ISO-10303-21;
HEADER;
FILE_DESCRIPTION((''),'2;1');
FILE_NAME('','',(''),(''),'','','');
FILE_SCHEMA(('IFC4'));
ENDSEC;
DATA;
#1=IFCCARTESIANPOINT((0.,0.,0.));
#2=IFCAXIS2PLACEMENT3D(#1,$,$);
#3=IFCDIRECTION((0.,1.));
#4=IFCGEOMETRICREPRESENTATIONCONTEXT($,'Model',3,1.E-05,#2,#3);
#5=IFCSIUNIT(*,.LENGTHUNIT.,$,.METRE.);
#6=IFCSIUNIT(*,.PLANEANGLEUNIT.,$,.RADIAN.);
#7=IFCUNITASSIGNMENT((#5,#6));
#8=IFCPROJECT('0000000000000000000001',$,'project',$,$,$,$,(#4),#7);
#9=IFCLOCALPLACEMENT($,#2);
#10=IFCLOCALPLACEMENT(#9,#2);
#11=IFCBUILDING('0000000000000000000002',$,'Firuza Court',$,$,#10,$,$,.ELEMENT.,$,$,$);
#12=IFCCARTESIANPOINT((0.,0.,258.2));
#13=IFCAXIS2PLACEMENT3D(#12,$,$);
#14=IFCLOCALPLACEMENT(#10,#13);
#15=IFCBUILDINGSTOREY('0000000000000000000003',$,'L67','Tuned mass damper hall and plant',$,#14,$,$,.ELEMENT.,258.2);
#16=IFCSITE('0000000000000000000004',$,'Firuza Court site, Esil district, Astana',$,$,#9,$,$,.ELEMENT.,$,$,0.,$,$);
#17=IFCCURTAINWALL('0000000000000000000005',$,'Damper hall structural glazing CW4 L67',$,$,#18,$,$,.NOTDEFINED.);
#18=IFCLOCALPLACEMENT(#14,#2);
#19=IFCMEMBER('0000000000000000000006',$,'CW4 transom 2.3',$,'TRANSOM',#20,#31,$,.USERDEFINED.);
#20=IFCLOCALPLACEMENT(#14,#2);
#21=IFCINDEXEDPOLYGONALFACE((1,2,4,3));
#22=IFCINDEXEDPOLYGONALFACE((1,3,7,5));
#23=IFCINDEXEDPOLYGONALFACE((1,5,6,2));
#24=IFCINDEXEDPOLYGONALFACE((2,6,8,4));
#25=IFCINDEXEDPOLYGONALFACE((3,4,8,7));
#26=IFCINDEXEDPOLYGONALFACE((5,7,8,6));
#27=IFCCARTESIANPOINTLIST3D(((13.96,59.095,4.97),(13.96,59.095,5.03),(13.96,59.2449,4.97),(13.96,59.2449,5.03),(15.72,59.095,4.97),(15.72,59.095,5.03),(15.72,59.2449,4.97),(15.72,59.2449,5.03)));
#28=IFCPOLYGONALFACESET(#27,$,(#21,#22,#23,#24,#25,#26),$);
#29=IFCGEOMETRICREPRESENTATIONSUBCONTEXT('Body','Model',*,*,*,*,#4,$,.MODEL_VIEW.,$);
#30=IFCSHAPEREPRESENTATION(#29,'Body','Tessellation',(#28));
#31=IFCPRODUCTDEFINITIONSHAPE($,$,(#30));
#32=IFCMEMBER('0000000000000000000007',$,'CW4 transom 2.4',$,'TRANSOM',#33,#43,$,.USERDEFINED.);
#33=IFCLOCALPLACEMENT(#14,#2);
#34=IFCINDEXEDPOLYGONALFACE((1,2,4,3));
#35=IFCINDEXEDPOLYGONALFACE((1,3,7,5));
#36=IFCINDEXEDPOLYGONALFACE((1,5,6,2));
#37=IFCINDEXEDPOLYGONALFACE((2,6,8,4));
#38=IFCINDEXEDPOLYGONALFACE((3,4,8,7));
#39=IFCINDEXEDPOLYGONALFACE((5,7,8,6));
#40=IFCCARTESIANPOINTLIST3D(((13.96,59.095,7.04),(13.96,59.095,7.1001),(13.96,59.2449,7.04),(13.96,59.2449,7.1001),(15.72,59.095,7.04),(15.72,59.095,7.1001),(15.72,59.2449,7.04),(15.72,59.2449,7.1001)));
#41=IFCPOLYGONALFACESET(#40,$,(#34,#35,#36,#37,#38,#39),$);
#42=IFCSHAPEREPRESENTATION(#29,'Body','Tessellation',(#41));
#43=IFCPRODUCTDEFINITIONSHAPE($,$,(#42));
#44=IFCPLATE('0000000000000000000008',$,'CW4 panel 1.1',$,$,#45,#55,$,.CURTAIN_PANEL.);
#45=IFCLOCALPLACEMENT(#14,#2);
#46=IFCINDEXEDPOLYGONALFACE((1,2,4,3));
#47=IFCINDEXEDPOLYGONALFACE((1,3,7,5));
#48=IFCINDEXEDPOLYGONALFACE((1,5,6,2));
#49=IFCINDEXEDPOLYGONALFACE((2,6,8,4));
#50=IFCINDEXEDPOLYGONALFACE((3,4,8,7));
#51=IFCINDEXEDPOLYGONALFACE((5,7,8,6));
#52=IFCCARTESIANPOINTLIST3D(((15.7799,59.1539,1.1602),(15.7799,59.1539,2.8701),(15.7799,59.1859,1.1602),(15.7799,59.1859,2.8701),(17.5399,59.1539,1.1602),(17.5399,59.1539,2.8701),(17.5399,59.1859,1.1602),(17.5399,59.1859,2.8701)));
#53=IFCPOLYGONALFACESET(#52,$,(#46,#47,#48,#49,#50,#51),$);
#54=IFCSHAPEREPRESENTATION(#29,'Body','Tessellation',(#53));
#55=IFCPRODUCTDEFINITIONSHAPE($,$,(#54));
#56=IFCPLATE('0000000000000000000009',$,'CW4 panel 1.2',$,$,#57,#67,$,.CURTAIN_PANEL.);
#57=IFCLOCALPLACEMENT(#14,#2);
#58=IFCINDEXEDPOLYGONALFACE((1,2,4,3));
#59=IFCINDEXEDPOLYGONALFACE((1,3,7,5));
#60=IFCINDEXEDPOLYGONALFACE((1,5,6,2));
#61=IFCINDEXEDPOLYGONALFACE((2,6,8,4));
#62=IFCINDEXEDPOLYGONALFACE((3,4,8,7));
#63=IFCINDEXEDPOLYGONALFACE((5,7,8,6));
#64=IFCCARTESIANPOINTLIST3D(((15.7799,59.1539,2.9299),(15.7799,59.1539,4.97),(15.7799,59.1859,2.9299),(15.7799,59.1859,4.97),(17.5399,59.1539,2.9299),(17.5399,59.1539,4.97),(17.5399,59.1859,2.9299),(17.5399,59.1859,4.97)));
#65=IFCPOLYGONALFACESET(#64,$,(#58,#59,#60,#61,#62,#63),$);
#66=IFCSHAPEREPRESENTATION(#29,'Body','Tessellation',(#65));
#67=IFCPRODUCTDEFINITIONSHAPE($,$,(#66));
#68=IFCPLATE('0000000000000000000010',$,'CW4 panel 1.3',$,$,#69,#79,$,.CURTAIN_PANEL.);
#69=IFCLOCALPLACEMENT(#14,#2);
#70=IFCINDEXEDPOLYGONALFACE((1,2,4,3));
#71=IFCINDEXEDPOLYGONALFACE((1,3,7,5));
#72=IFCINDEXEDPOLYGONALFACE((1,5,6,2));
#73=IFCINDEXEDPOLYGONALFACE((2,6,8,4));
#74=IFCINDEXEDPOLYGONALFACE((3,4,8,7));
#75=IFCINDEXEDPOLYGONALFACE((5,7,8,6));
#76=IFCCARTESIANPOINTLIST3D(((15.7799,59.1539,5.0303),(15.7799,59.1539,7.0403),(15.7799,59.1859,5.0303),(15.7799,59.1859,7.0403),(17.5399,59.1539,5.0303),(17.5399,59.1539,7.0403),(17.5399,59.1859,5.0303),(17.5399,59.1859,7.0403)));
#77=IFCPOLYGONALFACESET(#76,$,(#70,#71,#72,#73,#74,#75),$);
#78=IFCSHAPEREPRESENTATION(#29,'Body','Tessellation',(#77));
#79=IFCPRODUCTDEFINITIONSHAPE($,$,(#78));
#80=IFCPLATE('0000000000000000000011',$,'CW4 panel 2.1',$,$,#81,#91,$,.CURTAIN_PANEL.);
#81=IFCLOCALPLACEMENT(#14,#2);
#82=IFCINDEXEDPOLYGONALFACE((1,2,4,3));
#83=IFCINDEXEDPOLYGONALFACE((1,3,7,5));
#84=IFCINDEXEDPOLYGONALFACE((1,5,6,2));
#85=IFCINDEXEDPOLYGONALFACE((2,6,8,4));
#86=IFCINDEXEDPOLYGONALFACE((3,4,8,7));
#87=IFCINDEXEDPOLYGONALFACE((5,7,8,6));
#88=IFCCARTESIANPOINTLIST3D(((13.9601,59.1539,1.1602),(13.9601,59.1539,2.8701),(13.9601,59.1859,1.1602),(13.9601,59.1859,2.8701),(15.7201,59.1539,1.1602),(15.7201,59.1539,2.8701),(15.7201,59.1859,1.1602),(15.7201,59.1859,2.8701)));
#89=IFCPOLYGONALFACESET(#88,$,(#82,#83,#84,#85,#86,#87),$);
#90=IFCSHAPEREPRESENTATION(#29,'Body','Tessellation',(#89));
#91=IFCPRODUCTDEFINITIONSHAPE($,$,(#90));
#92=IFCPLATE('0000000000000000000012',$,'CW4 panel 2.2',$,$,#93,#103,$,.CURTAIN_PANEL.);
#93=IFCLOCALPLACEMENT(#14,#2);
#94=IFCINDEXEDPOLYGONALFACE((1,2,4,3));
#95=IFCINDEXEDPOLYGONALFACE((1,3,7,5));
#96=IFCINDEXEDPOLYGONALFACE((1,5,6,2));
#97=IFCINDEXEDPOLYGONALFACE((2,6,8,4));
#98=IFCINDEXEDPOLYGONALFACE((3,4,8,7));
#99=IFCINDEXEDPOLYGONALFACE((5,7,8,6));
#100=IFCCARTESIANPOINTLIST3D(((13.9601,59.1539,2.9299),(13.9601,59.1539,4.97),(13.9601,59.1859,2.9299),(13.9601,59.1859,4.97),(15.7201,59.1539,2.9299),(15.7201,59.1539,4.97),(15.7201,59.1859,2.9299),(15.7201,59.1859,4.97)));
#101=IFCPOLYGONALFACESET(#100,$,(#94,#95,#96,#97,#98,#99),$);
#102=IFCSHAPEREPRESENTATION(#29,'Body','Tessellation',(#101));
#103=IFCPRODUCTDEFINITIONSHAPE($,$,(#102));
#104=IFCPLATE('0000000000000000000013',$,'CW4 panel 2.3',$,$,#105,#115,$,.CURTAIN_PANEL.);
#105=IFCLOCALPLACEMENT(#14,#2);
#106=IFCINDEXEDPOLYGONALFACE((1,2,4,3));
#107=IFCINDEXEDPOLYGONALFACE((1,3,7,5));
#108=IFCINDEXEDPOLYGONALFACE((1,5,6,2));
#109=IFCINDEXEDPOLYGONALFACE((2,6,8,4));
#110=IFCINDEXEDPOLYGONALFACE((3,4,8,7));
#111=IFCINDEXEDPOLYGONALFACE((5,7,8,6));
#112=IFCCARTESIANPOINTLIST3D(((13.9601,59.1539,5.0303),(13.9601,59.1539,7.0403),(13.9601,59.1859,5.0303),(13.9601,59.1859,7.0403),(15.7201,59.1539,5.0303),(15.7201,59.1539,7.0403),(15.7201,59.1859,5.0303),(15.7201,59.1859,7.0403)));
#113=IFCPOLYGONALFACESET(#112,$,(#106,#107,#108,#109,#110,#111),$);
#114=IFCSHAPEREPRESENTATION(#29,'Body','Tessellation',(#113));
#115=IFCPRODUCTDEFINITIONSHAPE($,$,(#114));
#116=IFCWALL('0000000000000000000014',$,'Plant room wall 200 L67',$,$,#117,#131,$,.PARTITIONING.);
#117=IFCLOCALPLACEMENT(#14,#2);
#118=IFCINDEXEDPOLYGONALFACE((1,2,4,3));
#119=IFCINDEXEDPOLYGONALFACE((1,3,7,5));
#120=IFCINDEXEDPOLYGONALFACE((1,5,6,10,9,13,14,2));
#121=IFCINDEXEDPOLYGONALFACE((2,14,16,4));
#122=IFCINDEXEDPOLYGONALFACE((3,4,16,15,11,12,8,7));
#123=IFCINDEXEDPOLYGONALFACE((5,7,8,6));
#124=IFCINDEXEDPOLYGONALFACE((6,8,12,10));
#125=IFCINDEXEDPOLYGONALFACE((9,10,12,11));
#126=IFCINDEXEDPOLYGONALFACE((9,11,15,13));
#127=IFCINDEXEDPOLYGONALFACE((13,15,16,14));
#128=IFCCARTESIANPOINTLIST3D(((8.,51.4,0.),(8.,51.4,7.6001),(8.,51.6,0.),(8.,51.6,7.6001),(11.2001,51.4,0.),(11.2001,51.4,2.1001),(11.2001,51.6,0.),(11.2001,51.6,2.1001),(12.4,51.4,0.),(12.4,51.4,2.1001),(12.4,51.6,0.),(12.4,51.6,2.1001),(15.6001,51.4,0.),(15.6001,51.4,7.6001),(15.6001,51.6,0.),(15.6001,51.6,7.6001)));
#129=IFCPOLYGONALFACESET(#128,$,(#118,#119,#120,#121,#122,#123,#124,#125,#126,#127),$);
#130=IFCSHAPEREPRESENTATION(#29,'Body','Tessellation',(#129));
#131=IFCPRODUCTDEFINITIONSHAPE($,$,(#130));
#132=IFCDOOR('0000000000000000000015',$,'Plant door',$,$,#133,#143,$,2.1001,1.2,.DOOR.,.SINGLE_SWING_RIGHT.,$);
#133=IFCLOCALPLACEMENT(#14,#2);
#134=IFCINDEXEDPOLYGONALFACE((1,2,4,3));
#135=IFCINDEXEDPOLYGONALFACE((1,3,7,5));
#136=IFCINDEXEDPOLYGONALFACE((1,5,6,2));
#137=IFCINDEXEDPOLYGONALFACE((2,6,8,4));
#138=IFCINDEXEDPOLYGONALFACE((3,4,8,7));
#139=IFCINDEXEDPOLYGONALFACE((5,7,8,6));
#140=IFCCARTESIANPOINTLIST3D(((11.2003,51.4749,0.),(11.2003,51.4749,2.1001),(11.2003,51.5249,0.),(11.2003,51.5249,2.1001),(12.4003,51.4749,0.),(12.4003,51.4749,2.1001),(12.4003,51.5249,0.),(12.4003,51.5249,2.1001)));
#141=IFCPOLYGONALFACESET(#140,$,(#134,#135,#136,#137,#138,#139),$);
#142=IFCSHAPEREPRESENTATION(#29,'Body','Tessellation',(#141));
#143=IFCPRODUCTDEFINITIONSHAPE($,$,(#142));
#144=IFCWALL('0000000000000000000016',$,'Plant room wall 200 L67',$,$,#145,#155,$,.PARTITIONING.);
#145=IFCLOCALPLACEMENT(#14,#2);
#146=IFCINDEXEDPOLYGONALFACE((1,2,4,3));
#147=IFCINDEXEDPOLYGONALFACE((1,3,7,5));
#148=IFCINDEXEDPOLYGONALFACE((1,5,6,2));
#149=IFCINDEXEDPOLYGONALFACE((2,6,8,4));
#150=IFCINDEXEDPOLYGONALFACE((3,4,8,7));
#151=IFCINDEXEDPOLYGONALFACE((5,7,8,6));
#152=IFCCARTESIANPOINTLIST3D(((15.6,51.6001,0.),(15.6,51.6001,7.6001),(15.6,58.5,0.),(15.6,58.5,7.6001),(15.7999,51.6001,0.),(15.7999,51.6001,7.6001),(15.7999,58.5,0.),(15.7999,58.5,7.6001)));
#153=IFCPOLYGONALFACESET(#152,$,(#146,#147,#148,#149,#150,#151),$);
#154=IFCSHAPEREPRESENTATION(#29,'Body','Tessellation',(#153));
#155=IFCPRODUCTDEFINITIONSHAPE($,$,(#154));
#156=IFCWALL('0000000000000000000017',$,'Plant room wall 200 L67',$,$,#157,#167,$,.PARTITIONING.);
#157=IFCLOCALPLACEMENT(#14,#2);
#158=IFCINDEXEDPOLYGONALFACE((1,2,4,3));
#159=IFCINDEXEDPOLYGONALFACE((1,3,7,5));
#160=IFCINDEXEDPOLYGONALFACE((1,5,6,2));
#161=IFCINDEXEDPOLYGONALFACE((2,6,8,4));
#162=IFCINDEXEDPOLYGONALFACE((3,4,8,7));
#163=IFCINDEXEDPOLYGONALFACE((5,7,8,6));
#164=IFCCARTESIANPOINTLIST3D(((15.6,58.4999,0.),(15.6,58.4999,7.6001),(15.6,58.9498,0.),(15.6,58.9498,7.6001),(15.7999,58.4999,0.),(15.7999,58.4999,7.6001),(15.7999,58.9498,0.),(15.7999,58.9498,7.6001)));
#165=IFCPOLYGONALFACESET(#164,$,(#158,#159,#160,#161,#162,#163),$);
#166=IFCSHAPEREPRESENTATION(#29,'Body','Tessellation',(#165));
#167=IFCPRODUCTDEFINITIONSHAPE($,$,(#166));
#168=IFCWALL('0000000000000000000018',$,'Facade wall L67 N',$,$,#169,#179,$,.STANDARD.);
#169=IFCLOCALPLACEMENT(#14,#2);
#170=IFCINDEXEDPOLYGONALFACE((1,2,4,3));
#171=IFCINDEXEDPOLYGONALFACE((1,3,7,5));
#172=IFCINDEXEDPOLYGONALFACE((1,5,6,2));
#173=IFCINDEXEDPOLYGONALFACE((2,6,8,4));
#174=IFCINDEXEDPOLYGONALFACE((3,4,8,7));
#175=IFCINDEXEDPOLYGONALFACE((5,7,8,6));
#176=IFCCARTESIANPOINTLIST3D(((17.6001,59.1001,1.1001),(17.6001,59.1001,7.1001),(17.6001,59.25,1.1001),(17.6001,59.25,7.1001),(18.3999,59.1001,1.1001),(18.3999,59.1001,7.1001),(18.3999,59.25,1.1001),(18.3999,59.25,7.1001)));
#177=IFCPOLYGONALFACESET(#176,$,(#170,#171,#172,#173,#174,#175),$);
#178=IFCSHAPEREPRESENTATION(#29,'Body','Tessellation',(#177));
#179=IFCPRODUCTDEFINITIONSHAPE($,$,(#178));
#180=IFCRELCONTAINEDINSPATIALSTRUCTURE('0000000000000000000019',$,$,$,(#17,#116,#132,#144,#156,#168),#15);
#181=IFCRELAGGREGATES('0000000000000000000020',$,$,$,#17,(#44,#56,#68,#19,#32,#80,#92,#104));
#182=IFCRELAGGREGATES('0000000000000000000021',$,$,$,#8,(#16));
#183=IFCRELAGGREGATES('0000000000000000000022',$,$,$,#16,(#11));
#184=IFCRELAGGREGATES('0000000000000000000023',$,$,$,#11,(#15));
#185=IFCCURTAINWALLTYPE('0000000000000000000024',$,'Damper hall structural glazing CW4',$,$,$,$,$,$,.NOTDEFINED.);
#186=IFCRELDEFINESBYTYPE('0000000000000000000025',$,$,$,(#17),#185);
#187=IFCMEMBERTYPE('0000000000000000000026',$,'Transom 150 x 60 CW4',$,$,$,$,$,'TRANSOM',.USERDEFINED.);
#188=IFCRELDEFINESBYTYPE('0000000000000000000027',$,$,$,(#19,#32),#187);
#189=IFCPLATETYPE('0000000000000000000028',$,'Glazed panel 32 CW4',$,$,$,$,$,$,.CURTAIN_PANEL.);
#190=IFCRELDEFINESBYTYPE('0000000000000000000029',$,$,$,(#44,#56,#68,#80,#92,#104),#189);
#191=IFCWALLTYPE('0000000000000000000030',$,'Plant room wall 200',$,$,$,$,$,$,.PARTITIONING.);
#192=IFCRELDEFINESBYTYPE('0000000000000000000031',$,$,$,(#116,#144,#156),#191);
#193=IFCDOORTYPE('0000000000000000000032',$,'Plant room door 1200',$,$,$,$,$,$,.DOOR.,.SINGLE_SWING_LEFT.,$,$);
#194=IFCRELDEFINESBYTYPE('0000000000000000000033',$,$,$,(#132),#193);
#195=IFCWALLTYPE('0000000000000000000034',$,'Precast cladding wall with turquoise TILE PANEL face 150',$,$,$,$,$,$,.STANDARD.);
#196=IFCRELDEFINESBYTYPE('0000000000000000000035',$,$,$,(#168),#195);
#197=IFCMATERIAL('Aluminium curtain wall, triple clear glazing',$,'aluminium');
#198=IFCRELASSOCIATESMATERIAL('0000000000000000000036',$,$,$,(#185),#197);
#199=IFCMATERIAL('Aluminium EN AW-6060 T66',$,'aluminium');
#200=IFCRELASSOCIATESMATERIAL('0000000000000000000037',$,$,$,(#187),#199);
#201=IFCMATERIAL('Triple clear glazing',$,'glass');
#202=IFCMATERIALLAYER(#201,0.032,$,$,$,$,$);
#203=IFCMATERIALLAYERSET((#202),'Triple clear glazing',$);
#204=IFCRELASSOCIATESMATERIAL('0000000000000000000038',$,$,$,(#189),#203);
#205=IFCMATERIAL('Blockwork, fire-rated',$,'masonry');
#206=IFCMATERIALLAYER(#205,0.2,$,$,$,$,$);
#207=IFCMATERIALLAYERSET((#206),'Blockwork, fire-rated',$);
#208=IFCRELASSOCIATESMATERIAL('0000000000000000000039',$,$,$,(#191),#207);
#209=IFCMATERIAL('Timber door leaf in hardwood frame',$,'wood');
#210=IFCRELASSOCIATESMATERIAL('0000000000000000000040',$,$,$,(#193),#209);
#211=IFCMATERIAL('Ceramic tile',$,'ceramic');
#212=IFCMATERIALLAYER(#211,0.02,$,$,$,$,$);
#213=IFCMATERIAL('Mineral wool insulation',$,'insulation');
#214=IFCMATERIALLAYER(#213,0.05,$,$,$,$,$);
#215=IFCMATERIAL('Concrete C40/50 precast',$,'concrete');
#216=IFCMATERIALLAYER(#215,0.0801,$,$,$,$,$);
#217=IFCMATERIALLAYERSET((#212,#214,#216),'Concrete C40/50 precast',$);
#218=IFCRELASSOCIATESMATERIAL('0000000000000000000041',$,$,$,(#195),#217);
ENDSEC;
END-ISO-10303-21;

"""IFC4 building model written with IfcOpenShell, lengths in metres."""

from ifc_helpers import new_model, si_unit, direction, frame, frame_2d, origin, origin_2d, place, context, subcontext, project, spatial, rectangle, extrude, material, layer, layer_set, material_profile, profile_set, type_object, element, fill, aggregate, save


model = new_model("IFC4")

# Units and contexts
model_context = context("Model", 3, precision=1e-05, world=origin(), true_north=direction((0.0, 1.0)))
body_context = subcontext(model_context, "Body", "Model", "MODEL_VIEW")
ifc_project = project(units=[si_unit("LENGTHUNIT", "METRE"), si_unit("PLANEANGLEUNIT", "RADIAN")], contexts=[model_context])

# Site, building, storey
site_placement = place(None, origin())
site = spatial("IfcSite", under=ifc_project, at=site_placement, Name="Firuza Court site, Esil district, Astana", CompositionType="ELEMENT", RefElevation=0.0)
building_placement = place(site_placement, origin())
building = spatial("IfcBuilding", under=site, at=building_placement, Name="Firuza Court", CompositionType="ELEMENT")
storey_placement = place(building_placement, frame((0.0, 0.0, 258.2)))
storey = spatial("IfcBuildingStorey", under=building, at=storey_placement, Name="L67", Description="Tuned mass damper hall and plant", CompositionType="ELEMENT", Elevation=258.2)

# Curtain wall
ifc_material_1 = material(Name="Aluminium curtain wall, triple clear glazing", Category="aluminium")
curtain_wall_type = type_object("IfcCurtainWallType", Name="Damper hall structural glazing CW4", PredefinedType="NOTDEFINED", material=ifc_material_1)
curtain_wall_1_placement = place(storey_placement, origin())
curtain_wall_1 = element("IfcCurtainWall", 1, at=curtain_wall_1_placement, inside=storey, type_object=curtain_wall_type, Name="Damper hall structural glazing CW4 L67", PredefinedType="NOTDEFINED")

# Members
ifc_material_2 = material(Name="Aluminium EN AW-6060 T66", Category="aluminium")
ifc_material_profile_1 = material_profile(ifc_material_2, rectangle(XDim=0.1499, YDim=0.0601, at=origin_2d()), Name="Transom 150 x 60 CW4")
ifc_profile_set_1 = profile_set([ifc_material_profile_1], Name="Aluminium EN AW-6060 T66")
member_type_1 = type_object("IfcMemberType", Name="Transom 150 x 60 CW4", ElementType="TRANSOM", PredefinedType="USERDEFINED", material=ifc_profile_set_1)
member_1_placement = place(storey_placement, frame((15.72, 59.1699, 5.0), z_axis=(-1.0, 0.0, 0.0), x_axis=(0.0, -1.0, 0.0)))
member_1 = element("IfcMember", 2, at=member_1_placement, type_object=member_type_1, Name="CW4 transom 2.3", ObjectType="TRANSOM", PredefinedType="USERDEFINED", context=body_context, shape_type="SweptSolid", body=[
    extrude(rectangle(XDim=0.1499, YDim=0.0601, at=origin_2d()), origin(), (0.0, 0.0, 1.0), 1.76),
])
member_2_placement = place(storey_placement, frame((15.72, 59.1699, 7.0701), z_axis=(-1.0, 0.0, 0.0), x_axis=(0.0, -1.0, 0.0)))
member_2 = element("IfcMember", 3, at=member_2_placement, type_object=member_type_1, Name="CW4 transom 2.4", ObjectType="TRANSOM", PredefinedType="USERDEFINED", context=body_context, shape_type="SweptSolid", body=[
    extrude(rectangle(XDim=0.1499, YDim=0.0601, at=origin_2d()), origin(), (0.0, 0.0, 1.0), 1.76),
])

# Plates
ifc_material_3 = material(Name="Triple clear glazing", Category="glass")
ifc_layer_1 = layer(ifc_material_3, 0.032)
ifc_layer_set_1 = layer_set([ifc_layer_1], Name="Triple clear glazing")
plate_type = type_object("IfcPlateType", Name="Glazed panel 32 CW4", PredefinedType="CURTAIN_PANEL", material=ifc_layer_set_1)
plate_1_placement = place(storey_placement, frame((16.6599, 59.1699, 1.1602), z_axis=(0.0, 0.0, 1.0), x_axis=(-1.0, 0.0, 0.0)))
plate_1 = element("IfcPlate", 4, at=plate_1_placement, type_object=plate_type, Name="CW4 panel 1.1", PredefinedType="CURTAIN_PANEL", context=body_context, shape_type="SweptSolid", body=[
    extrude(rectangle(XDim=1.76, YDim=0.032, at=origin_2d()), origin(), (0.0, 0.0, 1.0), 1.71),
])
plate_2_placement = place(storey_placement, frame((16.6599, 59.1699, 2.9299), z_axis=(0.0, 0.0, 1.0), x_axis=(-1.0, 0.0, 0.0)))
plate_2 = element("IfcPlate", 5, at=plate_2_placement, type_object=plate_type, Name="CW4 panel 1.2", PredefinedType="CURTAIN_PANEL", context=body_context, shape_type="SweptSolid", body=[
    extrude(rectangle(XDim=1.76, YDim=0.032, at=origin_2d()), origin(), (0.0, 0.0, 1.0), 2.04),
])
plate_3_placement = place(storey_placement, frame((16.6599, 59.1699, 5.0303), z_axis=(0.0, 0.0, 1.0), x_axis=(-1.0, 0.0, 0.0)))
plate_3 = element("IfcPlate", 6, at=plate_3_placement, type_object=plate_type, Name="CW4 panel 1.3", PredefinedType="CURTAIN_PANEL", context=body_context, shape_type="SweptSolid", body=[
    extrude(rectangle(XDim=1.76, YDim=0.032, at=origin_2d()), origin(), (0.0, 0.0, 1.0), 2.01),
])
plate_4_placement = place(storey_placement, frame((14.8401, 59.1699, 1.1602), z_axis=(0.0, 0.0, 1.0), x_axis=(-1.0, 0.0, 0.0)))
plate_4 = element("IfcPlate", 7, at=plate_4_placement, type_object=plate_type, Name="CW4 panel 2.1", PredefinedType="CURTAIN_PANEL", context=body_context, shape_type="SweptSolid", body=[
    extrude(rectangle(XDim=1.76, YDim=0.032, at=origin_2d()), origin(), (0.0, 0.0, 1.0), 1.71),
])
plate_5_placement = place(storey_placement, frame((14.8401, 59.1699, 2.9299), z_axis=(0.0, 0.0, 1.0), x_axis=(-1.0, 0.0, 0.0)))
plate_5 = element("IfcPlate", 8, at=plate_5_placement, type_object=plate_type, Name="CW4 panel 2.2", PredefinedType="CURTAIN_PANEL", context=body_context, shape_type="SweptSolid", body=[
    extrude(rectangle(XDim=1.76, YDim=0.032, at=origin_2d()), origin(), (0.0, 0.0, 1.0), 2.04),
])
plate_6_placement = place(storey_placement, frame((14.8401, 59.1699, 5.0303), z_axis=(0.0, 0.0, 1.0), x_axis=(-1.0, 0.0, 0.0)))
plate_6 = element("IfcPlate", 9, at=plate_6_placement, type_object=plate_type, Name="CW4 panel 2.3", PredefinedType="CURTAIN_PANEL", context=body_context, shape_type="SweptSolid", body=[
    extrude(rectangle(XDim=1.76, YDim=0.032, at=origin_2d()), origin(), (0.0, 0.0, 1.0), 2.01),
])
aggregate(curtain_wall_1, [plate_1, plate_2, plate_3, member_1, member_2, plate_4, plate_5, plate_6])

# Wall, opening, door
ifc_material_4 = material(Name="Blockwork, fire-rated", Category="masonry")
ifc_layer_2 = layer(ifc_material_4, 0.2)
ifc_layer_set_2 = layer_set([ifc_layer_2], Name="Blockwork, fire-rated")
wall_type_1 = type_object("IfcWallType", Name="Plant room wall 200", PredefinedType="PARTITIONING", material=ifc_layer_set_2)
wall_1_placement = place(storey_placement, frame((15.6001, 51.5, 0.0), z_axis=(0.0, 0.0, 1.0), x_axis=(-1.0, 0.0, 0.0)))
wall_1 = element("IfcWall", 10, at=wall_1_placement, inside=storey, type_object=wall_type_1, Name="Plant room wall 200 L67", PredefinedType="PARTITIONING", context=body_context, shape_type="SweptSolid", body=[
    extrude(rectangle(XDim=7.6001, YDim=0.2, at=frame_2d((3.8, 0.0))), origin(), (0.0, 0.0, 1.0), 7.6001),
])
opening_placement = place(wall_1_placement, frame((3.2, 0.0, 0.0)))
opening = element("IfcOpeningElement", 11, at=opening_placement, cuts=wall_1, PredefinedType="OPENING", context=body_context, shape_type="SweptSolid", body=[
    extrude(rectangle(XDim=1.2, YDim=2.1001, at=frame_2d((0.6001, 1.05))), frame((0.0, 0.1118, 0.0), z_axis=(0.0, -1.0, 0.0), x_axis=(1.0, 0.0, 0.0)), (0.0, 0.0, 1.0), 0.2239),
])
ifc_material_5 = material(Name="Timber door leaf in hardwood frame", Category="wood")
door_type = type_object("IfcDoorType", Name="Plant room door 1200", OperationType="SINGLE_SWING_LEFT", PredefinedType="DOOR", material=ifc_material_5)
door_placement = place(opening_placement, frame((1.2, 0.0, 0.0), z_axis=(0.0, 0.0, 1.0), x_axis=(-1.0, 0.0, 0.0)))
door = element("IfcDoor", 12, at=door_placement, inside=storey, type_object=door_type, Name="Plant door", OperationType="SINGLE_SWING_RIGHT", OverallHeight=2.1001, OverallWidth=1.2, PredefinedType="DOOR", context=body_context, shape_type="SweptSolid", body=[
    extrude(rectangle(XDim=1.2, YDim=2.1001, at=frame_2d((0.6001, 1.05))), frame((0.0, 0.0249, 0.0), z_axis=(0.0, -1.0, 0.0), x_axis=(1.0, 0.0, 0.0)), (0.0, 0.0, 1.0), 0.05),
])
fill(opening, door)

# Walls
wall_2_placement = place(storey_placement, frame((15.7, 58.5, 0.0), z_axis=(0.0, 0.0, 1.0), x_axis=(0.0, -1.0, 0.0)))
element("IfcWall", 13, at=wall_2_placement, inside=storey, type_object=wall_type_1, Name="Plant room wall 200 L67", PredefinedType="PARTITIONING", context=body_context, shape_type="SweptSolid", body=[
    extrude(rectangle(XDim=6.8999, YDim=0.2, at=frame_2d((3.45, 0.0))), origin(), (0.0, 0.0, 1.0), 7.6001),
])
wall_3_placement = place(storey_placement, frame((15.7, 58.95, 0.0), z_axis=(0.0, 0.0, 1.0), x_axis=(0.0, -1.0, 0.0)))
element("IfcWall", 14, at=wall_3_placement, inside=storey, type_object=wall_type_1, Name="Plant room wall 200 L67", PredefinedType="PARTITIONING", context=body_context, shape_type="SweptSolid", body=[
    extrude(rectangle(XDim=0.45, YDim=0.2, at=frame_2d((0.2251, 0.0))), origin(), (0.0, 0.0, 1.0), 7.6001),
])
ifc_material_6 = material(Name="Ceramic tile", Category="ceramic")
ifc_layer_3 = layer(ifc_material_6, 0.02)
ifc_material_7 = material(Name="Mineral wool insulation", Category="insulation")
ifc_layer_4 = layer(ifc_material_7, 0.05)
ifc_material_8 = material(Name="Concrete C40/50 precast", Category="concrete")
ifc_layer_5 = layer(ifc_material_8, 0.0801)
ifc_layer_set_3 = layer_set([ifc_layer_3, ifc_layer_4, ifc_layer_5], Name="Concrete C40/50 precast")
wall_type_2 = type_object("IfcWallType", Name="Precast cladding wall with turquoise TILE PANEL face 150", PredefinedType="STANDARD", material=ifc_layer_set_3)
for number, where, z_axis, x_axis, name in (
    (15, (18.3999, 59.175, 1.1001), (0.0, 0.0, 1.0), (-1.0, 0.0, 0.0), "Facade wall L67 N"),
):
    element("IfcWall", number, at=place(storey_placement, frame(where, z_axis=z_axis, x_axis=x_axis)), inside=storey, type_object=wall_type_2, Name=name, PredefinedType="STANDARD", context=body_context, shape_type="SweptSolid", body=[
        extrude(rectangle(XDim=0.7998, YDim=0.1499, at=frame_2d((0.3999, 0.0))), origin(), (0.0, 0.0, 1.0), 6.0),
    ])

save(model, "model.ifc")
